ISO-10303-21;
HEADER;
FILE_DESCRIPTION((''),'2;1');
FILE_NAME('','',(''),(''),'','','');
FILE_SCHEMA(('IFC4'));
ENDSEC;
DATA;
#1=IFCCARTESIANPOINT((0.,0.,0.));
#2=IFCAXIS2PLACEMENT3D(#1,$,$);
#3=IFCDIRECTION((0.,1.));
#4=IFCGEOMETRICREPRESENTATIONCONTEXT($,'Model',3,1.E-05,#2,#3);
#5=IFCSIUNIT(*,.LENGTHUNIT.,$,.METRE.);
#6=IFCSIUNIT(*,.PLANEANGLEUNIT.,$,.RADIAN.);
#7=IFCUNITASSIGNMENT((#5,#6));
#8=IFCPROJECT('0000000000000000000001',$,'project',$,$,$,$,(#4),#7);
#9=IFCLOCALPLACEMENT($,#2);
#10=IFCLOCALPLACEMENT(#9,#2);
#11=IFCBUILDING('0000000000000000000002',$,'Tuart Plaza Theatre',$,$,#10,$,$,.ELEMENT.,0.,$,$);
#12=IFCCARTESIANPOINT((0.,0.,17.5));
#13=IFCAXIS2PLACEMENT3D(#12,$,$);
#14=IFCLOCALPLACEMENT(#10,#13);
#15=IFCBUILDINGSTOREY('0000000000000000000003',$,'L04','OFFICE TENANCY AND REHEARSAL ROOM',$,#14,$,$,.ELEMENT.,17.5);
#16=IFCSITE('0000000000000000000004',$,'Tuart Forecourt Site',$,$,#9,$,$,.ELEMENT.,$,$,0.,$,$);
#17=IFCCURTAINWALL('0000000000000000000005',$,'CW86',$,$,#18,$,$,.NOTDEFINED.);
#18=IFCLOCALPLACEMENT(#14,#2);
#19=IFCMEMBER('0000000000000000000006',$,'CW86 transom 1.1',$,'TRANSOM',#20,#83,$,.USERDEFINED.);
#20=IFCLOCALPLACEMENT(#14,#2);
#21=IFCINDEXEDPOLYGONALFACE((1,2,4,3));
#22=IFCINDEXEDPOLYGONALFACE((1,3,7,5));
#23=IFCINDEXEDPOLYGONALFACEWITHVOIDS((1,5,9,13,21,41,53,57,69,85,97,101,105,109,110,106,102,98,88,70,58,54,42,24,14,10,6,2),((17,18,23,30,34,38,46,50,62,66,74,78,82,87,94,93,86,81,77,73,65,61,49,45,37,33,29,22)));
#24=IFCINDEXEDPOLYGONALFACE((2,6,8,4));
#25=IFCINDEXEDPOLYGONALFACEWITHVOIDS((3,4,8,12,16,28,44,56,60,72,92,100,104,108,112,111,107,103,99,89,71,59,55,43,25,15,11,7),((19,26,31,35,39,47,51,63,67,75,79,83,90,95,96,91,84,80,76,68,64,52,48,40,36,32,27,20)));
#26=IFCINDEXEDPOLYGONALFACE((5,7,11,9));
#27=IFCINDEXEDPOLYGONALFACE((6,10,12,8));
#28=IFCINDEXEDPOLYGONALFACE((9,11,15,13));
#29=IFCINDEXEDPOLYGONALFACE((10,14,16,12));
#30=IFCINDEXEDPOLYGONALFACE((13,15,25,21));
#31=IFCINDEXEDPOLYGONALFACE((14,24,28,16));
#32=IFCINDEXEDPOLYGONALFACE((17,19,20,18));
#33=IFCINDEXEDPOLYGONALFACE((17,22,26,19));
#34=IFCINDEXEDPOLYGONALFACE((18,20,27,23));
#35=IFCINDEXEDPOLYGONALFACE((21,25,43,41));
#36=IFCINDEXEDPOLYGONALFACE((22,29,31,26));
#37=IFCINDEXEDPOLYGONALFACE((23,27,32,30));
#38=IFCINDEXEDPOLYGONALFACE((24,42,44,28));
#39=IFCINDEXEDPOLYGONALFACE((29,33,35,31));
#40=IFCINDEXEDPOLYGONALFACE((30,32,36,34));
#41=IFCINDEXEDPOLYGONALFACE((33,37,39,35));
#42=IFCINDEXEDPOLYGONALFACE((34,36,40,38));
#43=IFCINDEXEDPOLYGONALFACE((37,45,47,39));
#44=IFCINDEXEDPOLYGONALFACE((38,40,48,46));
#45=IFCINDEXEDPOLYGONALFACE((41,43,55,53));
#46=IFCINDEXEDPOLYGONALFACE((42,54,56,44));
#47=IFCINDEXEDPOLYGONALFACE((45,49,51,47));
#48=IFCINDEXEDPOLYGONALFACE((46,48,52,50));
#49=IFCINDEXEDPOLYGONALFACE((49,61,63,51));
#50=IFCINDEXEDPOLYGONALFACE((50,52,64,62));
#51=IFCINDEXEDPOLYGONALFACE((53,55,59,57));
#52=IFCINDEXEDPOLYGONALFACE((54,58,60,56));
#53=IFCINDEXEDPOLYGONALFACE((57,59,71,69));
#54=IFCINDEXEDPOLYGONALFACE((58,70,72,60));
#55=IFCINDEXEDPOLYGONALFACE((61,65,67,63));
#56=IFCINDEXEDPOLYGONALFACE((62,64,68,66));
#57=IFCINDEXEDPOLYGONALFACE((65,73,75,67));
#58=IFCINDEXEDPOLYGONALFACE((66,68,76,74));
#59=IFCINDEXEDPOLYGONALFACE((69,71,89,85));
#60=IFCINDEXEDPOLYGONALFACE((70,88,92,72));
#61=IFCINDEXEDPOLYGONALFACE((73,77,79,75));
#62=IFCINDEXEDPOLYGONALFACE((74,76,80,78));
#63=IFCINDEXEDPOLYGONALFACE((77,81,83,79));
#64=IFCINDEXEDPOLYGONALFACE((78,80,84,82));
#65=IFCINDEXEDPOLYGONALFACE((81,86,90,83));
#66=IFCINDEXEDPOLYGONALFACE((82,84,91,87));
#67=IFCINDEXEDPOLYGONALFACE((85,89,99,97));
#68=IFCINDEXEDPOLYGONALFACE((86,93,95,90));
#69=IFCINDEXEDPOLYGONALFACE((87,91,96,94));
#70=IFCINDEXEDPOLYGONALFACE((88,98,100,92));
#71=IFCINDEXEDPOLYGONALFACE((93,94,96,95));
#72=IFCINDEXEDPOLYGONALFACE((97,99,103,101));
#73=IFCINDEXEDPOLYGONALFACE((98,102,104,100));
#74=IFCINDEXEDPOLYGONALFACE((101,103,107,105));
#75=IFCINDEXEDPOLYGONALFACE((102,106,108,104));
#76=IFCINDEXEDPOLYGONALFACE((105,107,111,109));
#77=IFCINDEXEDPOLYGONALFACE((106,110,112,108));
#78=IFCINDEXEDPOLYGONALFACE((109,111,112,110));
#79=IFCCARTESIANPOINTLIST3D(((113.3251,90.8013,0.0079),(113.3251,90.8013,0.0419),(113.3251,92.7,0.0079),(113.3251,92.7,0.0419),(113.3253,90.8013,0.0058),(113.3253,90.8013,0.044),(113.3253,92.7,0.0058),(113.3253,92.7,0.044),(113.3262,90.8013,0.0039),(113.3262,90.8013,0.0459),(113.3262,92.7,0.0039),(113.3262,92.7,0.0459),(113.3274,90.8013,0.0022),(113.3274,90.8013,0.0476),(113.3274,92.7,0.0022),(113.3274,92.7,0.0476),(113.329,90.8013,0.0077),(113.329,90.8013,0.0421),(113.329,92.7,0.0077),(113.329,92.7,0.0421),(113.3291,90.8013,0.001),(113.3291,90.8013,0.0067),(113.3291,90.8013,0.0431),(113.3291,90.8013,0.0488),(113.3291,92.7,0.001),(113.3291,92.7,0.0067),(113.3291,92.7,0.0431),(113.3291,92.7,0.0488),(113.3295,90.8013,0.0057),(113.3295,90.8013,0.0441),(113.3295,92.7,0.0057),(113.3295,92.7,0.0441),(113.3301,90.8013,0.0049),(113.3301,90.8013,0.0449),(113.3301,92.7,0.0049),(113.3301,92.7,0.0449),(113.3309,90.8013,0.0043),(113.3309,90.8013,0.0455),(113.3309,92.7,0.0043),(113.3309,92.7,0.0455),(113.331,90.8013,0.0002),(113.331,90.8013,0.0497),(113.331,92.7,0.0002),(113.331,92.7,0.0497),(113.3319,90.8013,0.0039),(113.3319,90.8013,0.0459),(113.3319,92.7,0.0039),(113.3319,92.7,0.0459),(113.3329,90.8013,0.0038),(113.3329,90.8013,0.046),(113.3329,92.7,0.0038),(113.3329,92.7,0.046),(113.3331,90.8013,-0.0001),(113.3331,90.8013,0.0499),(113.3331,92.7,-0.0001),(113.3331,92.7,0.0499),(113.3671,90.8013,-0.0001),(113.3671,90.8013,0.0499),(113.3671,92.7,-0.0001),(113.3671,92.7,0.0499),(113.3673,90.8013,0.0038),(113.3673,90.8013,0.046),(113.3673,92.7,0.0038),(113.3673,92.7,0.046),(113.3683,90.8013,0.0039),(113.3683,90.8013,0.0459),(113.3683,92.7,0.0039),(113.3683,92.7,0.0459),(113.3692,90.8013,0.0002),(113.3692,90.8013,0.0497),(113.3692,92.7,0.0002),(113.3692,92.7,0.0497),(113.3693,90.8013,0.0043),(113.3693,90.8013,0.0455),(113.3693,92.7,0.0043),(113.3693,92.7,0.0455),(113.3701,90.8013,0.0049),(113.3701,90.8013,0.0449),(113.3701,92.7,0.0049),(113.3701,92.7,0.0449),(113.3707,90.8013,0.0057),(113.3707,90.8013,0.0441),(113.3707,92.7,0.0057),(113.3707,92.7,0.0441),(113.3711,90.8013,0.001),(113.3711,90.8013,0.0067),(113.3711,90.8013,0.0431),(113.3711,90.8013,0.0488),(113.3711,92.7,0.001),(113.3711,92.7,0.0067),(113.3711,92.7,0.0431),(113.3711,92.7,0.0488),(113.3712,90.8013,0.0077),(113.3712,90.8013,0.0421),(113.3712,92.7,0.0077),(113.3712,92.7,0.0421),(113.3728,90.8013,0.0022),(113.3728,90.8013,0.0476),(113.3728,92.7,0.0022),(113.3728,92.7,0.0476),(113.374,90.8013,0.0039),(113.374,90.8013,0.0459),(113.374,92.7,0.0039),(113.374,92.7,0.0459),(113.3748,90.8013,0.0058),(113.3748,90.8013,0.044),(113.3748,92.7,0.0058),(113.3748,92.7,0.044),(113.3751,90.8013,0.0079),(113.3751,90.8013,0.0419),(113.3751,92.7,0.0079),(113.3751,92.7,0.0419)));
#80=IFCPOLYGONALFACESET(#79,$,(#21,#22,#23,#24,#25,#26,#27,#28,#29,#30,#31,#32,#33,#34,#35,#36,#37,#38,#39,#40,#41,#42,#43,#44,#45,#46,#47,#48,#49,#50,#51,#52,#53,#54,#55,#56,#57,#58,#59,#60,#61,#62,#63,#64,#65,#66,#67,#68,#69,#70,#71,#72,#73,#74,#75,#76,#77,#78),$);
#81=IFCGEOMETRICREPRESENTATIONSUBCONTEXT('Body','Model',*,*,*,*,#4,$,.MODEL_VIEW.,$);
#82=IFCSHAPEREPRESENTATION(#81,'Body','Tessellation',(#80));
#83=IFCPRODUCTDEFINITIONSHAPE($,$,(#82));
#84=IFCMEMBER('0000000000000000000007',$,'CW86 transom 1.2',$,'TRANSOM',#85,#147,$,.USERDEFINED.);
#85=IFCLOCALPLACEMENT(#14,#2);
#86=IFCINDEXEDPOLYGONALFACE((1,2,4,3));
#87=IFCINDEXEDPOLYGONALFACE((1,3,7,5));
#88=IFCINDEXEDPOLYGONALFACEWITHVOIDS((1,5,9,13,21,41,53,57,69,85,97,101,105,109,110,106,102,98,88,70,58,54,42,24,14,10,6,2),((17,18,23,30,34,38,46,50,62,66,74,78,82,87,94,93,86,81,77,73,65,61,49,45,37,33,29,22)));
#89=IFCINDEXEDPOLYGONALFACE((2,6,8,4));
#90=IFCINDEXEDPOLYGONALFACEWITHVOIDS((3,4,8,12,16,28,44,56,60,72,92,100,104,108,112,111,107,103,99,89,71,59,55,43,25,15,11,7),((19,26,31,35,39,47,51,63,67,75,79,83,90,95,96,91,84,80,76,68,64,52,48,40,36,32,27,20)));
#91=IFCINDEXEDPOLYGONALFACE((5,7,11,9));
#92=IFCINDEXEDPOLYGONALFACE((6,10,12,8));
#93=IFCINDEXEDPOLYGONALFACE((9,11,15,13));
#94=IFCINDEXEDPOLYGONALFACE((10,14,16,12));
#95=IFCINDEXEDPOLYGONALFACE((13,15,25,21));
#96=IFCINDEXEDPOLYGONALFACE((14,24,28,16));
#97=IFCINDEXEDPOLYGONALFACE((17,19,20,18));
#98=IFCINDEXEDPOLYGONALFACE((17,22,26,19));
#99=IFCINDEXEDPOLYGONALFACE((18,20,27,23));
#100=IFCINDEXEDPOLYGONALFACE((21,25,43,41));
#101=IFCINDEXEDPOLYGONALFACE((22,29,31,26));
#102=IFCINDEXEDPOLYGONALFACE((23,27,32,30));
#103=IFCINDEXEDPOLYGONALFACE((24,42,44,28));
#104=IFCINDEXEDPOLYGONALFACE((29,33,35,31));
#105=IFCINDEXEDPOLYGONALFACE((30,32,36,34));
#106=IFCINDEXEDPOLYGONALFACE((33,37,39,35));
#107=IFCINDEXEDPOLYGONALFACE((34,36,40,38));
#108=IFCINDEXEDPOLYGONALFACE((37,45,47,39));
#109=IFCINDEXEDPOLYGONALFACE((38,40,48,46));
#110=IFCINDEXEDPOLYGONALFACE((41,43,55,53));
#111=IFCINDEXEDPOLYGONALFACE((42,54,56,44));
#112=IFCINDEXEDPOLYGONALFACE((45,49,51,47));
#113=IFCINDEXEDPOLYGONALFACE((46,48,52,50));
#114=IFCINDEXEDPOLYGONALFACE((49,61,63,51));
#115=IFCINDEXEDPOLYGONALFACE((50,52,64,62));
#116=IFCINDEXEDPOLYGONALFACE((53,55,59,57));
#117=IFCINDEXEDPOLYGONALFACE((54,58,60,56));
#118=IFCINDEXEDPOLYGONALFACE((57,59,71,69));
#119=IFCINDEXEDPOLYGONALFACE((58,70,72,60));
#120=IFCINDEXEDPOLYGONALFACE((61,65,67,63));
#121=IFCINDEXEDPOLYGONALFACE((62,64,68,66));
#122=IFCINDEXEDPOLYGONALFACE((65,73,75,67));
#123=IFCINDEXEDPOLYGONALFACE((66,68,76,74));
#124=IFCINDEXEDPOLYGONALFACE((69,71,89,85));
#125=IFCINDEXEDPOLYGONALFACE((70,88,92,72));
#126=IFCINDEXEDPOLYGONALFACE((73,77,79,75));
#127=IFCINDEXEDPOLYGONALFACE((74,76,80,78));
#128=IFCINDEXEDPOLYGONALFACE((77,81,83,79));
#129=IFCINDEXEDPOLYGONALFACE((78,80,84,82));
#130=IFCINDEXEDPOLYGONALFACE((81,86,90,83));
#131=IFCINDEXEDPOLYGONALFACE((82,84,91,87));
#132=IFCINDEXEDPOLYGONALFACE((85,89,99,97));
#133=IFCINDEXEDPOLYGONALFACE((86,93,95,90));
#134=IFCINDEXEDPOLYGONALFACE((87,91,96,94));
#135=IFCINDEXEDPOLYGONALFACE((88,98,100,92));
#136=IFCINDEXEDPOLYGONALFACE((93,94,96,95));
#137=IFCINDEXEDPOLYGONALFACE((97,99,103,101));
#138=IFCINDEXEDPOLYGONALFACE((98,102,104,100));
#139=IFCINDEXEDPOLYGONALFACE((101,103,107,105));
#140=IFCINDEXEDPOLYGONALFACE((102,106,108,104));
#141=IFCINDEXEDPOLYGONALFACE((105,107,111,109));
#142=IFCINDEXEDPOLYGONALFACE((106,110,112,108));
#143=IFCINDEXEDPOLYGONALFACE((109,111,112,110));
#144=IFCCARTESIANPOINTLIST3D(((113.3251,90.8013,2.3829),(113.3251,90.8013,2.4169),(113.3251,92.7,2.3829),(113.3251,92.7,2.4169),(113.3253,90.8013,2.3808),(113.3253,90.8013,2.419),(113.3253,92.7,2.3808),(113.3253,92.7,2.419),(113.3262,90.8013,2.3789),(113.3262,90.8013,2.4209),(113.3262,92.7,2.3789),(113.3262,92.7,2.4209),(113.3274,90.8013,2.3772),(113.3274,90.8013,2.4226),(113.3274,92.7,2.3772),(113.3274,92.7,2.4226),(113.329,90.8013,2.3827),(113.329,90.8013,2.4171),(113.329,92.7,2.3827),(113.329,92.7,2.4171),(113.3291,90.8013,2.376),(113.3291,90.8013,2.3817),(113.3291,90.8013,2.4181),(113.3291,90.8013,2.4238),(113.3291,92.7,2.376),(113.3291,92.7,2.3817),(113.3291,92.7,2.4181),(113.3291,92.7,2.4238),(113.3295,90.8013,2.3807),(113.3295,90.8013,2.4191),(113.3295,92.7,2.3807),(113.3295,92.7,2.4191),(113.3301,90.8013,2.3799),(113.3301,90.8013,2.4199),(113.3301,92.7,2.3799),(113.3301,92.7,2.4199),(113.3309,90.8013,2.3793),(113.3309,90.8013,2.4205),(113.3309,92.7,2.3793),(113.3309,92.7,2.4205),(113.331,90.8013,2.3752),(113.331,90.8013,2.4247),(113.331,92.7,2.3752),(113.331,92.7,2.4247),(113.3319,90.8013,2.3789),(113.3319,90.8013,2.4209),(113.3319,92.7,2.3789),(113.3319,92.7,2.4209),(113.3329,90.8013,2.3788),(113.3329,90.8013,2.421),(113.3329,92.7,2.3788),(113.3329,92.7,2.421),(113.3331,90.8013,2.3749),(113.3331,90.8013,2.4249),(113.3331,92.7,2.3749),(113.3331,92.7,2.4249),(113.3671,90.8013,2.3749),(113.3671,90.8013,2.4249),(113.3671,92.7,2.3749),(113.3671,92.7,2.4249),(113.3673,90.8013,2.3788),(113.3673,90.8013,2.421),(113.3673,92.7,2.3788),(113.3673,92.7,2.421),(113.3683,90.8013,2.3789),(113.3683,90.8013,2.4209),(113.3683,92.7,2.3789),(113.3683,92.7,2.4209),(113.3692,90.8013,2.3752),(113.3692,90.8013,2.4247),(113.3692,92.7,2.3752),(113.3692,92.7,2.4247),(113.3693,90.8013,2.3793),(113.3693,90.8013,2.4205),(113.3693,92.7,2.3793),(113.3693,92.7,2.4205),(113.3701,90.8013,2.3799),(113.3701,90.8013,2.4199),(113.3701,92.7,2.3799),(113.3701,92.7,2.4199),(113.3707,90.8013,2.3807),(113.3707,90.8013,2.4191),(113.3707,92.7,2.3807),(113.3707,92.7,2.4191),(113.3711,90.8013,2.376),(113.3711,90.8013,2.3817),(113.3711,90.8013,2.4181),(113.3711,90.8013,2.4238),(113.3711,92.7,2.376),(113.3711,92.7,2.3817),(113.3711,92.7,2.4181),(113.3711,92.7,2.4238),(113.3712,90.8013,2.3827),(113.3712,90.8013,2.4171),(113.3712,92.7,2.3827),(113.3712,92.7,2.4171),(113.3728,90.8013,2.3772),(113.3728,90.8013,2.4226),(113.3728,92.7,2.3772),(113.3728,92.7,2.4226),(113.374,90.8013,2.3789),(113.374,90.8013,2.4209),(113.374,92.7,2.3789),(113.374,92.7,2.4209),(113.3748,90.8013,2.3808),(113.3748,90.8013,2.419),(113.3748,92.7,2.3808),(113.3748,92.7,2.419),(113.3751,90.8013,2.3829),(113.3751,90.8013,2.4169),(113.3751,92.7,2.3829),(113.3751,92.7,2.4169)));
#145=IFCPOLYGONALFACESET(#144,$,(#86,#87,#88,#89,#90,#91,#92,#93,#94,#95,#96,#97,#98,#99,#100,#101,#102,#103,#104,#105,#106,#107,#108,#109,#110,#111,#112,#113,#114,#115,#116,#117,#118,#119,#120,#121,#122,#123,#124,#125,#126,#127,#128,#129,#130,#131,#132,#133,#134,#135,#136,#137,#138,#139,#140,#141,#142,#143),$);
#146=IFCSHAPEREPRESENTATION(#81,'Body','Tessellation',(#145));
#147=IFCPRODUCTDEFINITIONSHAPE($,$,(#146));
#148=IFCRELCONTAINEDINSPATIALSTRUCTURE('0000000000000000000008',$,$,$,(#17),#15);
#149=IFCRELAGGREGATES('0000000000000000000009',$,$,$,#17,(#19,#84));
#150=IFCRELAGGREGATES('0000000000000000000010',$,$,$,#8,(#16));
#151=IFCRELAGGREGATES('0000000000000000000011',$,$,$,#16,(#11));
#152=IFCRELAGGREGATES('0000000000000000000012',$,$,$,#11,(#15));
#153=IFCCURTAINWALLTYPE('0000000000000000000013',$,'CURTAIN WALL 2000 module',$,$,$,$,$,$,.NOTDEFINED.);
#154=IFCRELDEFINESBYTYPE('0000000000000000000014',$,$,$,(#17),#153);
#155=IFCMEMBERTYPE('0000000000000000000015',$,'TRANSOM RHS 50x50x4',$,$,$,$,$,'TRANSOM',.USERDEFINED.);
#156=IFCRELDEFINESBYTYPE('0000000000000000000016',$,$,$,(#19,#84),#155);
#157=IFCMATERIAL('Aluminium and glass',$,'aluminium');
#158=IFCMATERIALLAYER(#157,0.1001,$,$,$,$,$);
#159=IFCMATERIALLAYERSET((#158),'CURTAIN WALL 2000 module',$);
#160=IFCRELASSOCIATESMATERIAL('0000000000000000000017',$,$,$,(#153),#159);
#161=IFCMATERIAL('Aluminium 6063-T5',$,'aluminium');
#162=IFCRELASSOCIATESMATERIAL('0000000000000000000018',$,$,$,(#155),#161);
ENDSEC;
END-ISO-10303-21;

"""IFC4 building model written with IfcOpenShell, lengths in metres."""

from ifc_helpers import new_model, si_unit, direction, frame, origin, origin_2d, place, context, subcontext, project, spatial, hollow_rectangle, extrude, material, layer, layer_set, material_profile, profile_set, type_object, element, aggregate, save


model = new_model("IFC4")

# Units and contexts
model_context = context("Model", 3, precision=1e-05, world=origin(), true_north=direction((0.0, 1.0)))
body_context = subcontext(model_context, "Body", "Model", "MODEL_VIEW")
ifc_project = project(units=[si_unit("LENGTHUNIT", "METRE"), si_unit("PLANEANGLEUNIT", "RADIAN")], contexts=[model_context])

# Site, building, storey
site_placement = place(None, origin())
site = spatial("IfcSite", under=ifc_project, at=site_placement, Name="Tuart Forecourt Site", CompositionType="ELEMENT", RefElevation=0.0)
building_placement = place(site_placement, origin())
building = spatial("IfcBuilding", under=site, at=building_placement, Name="Tuart Plaza Theatre", CompositionType="ELEMENT", ElevationOfRefHeight=0.0)
storey_placement = place(building_placement, frame((0.0, 0.0, 17.5)))
storey = spatial("IfcBuildingStorey", under=building, at=storey_placement, Name="L04", Description="OFFICE TENANCY AND REHEARSAL ROOM", CompositionType="ELEMENT", Elevation=17.5)

# Curtain wall, members
ifc_material_1 = material(Name="Aluminium and glass", Category="aluminium")
ifc_layer_1 = layer(ifc_material_1, 0.1001)
ifc_layer_set_1 = layer_set([ifc_layer_1], Name="CURTAIN WALL 2000 module")
curtain_wall_type = type_object("IfcCurtainWallType", Name="CURTAIN WALL 2000 module", PredefinedType="NOTDEFINED", material=ifc_layer_set_1)
curtain_wall_placement = place(storey_placement, origin())
curtain_wall = element("IfcCurtainWall", 1, at=curtain_wall_placement, inside=storey, type_object=curtain_wall_type, Name="CW86", PredefinedType="NOTDEFINED")
ifc_material_2 = material(Name="Aluminium 6063-T5", Category="aluminium")
ifc_material_profile_1 = material_profile(ifc_material_2, hollow_rectangle(XDim=0.05, YDim=0.05, WallThickness=0.0039, InnerFilletRadius=0.0039, OuterFilletRadius=0.0081, at=origin_2d()), Name="RHS 50x50x4")
ifc_profile_set_1 = profile_set([ifc_material_profile_1], Name="Aluminium 6063-T5")
member_type_1 = type_object("IfcMemberType", Name="TRANSOM RHS 50x50x4", ElementType="TRANSOM", PredefinedType="USERDEFINED", material=ifc_profile_set_1)
member_1_placement = place(storey_placement, frame((113.3501, 92.7, 0.0249), z_axis=(0.0, -1.0, 0.0), x_axis=(1.0, 0.0, 0.0)))
member_1 = element("IfcMember", 2, at=member_1_placement, type_object=member_type_1, Name="CW86 transom 1.1", ObjectType="TRANSOM", PredefinedType="USERDEFINED", context=body_context, shape_type="SweptSolid", body=[
    extrude(hollow_rectangle(XDim=0.05, YDim=0.05, WallThickness=0.0039, InnerFilletRadius=0.0039, OuterFilletRadius=0.0081, at=origin_2d()), origin(), (0.0, 0.0, 1.0), 1.8987),
])
member_2_placement = place(storey_placement, frame((113.3501, 92.7, 2.3999), z_axis=(0.0, -1.0, 0.0), x_axis=(1.0, 0.0, 0.0)))
member_2 = element("IfcMember", 3, at=member_2_placement, type_object=member_type_1, Name="CW86 transom 1.2", ObjectType="TRANSOM", PredefinedType="USERDEFINED", context=body_context, shape_type="SweptSolid", body=[
    extrude(hollow_rectangle(XDim=0.05, YDim=0.05, WallThickness=0.0039, InnerFilletRadius=0.0039, OuterFilletRadius=0.0081, at=origin_2d()), origin(), (0.0, 0.0, 1.0), 1.8987),
])
aggregate(curtain_wall, [member_1, member_2])

save(model, "model.ifc")
